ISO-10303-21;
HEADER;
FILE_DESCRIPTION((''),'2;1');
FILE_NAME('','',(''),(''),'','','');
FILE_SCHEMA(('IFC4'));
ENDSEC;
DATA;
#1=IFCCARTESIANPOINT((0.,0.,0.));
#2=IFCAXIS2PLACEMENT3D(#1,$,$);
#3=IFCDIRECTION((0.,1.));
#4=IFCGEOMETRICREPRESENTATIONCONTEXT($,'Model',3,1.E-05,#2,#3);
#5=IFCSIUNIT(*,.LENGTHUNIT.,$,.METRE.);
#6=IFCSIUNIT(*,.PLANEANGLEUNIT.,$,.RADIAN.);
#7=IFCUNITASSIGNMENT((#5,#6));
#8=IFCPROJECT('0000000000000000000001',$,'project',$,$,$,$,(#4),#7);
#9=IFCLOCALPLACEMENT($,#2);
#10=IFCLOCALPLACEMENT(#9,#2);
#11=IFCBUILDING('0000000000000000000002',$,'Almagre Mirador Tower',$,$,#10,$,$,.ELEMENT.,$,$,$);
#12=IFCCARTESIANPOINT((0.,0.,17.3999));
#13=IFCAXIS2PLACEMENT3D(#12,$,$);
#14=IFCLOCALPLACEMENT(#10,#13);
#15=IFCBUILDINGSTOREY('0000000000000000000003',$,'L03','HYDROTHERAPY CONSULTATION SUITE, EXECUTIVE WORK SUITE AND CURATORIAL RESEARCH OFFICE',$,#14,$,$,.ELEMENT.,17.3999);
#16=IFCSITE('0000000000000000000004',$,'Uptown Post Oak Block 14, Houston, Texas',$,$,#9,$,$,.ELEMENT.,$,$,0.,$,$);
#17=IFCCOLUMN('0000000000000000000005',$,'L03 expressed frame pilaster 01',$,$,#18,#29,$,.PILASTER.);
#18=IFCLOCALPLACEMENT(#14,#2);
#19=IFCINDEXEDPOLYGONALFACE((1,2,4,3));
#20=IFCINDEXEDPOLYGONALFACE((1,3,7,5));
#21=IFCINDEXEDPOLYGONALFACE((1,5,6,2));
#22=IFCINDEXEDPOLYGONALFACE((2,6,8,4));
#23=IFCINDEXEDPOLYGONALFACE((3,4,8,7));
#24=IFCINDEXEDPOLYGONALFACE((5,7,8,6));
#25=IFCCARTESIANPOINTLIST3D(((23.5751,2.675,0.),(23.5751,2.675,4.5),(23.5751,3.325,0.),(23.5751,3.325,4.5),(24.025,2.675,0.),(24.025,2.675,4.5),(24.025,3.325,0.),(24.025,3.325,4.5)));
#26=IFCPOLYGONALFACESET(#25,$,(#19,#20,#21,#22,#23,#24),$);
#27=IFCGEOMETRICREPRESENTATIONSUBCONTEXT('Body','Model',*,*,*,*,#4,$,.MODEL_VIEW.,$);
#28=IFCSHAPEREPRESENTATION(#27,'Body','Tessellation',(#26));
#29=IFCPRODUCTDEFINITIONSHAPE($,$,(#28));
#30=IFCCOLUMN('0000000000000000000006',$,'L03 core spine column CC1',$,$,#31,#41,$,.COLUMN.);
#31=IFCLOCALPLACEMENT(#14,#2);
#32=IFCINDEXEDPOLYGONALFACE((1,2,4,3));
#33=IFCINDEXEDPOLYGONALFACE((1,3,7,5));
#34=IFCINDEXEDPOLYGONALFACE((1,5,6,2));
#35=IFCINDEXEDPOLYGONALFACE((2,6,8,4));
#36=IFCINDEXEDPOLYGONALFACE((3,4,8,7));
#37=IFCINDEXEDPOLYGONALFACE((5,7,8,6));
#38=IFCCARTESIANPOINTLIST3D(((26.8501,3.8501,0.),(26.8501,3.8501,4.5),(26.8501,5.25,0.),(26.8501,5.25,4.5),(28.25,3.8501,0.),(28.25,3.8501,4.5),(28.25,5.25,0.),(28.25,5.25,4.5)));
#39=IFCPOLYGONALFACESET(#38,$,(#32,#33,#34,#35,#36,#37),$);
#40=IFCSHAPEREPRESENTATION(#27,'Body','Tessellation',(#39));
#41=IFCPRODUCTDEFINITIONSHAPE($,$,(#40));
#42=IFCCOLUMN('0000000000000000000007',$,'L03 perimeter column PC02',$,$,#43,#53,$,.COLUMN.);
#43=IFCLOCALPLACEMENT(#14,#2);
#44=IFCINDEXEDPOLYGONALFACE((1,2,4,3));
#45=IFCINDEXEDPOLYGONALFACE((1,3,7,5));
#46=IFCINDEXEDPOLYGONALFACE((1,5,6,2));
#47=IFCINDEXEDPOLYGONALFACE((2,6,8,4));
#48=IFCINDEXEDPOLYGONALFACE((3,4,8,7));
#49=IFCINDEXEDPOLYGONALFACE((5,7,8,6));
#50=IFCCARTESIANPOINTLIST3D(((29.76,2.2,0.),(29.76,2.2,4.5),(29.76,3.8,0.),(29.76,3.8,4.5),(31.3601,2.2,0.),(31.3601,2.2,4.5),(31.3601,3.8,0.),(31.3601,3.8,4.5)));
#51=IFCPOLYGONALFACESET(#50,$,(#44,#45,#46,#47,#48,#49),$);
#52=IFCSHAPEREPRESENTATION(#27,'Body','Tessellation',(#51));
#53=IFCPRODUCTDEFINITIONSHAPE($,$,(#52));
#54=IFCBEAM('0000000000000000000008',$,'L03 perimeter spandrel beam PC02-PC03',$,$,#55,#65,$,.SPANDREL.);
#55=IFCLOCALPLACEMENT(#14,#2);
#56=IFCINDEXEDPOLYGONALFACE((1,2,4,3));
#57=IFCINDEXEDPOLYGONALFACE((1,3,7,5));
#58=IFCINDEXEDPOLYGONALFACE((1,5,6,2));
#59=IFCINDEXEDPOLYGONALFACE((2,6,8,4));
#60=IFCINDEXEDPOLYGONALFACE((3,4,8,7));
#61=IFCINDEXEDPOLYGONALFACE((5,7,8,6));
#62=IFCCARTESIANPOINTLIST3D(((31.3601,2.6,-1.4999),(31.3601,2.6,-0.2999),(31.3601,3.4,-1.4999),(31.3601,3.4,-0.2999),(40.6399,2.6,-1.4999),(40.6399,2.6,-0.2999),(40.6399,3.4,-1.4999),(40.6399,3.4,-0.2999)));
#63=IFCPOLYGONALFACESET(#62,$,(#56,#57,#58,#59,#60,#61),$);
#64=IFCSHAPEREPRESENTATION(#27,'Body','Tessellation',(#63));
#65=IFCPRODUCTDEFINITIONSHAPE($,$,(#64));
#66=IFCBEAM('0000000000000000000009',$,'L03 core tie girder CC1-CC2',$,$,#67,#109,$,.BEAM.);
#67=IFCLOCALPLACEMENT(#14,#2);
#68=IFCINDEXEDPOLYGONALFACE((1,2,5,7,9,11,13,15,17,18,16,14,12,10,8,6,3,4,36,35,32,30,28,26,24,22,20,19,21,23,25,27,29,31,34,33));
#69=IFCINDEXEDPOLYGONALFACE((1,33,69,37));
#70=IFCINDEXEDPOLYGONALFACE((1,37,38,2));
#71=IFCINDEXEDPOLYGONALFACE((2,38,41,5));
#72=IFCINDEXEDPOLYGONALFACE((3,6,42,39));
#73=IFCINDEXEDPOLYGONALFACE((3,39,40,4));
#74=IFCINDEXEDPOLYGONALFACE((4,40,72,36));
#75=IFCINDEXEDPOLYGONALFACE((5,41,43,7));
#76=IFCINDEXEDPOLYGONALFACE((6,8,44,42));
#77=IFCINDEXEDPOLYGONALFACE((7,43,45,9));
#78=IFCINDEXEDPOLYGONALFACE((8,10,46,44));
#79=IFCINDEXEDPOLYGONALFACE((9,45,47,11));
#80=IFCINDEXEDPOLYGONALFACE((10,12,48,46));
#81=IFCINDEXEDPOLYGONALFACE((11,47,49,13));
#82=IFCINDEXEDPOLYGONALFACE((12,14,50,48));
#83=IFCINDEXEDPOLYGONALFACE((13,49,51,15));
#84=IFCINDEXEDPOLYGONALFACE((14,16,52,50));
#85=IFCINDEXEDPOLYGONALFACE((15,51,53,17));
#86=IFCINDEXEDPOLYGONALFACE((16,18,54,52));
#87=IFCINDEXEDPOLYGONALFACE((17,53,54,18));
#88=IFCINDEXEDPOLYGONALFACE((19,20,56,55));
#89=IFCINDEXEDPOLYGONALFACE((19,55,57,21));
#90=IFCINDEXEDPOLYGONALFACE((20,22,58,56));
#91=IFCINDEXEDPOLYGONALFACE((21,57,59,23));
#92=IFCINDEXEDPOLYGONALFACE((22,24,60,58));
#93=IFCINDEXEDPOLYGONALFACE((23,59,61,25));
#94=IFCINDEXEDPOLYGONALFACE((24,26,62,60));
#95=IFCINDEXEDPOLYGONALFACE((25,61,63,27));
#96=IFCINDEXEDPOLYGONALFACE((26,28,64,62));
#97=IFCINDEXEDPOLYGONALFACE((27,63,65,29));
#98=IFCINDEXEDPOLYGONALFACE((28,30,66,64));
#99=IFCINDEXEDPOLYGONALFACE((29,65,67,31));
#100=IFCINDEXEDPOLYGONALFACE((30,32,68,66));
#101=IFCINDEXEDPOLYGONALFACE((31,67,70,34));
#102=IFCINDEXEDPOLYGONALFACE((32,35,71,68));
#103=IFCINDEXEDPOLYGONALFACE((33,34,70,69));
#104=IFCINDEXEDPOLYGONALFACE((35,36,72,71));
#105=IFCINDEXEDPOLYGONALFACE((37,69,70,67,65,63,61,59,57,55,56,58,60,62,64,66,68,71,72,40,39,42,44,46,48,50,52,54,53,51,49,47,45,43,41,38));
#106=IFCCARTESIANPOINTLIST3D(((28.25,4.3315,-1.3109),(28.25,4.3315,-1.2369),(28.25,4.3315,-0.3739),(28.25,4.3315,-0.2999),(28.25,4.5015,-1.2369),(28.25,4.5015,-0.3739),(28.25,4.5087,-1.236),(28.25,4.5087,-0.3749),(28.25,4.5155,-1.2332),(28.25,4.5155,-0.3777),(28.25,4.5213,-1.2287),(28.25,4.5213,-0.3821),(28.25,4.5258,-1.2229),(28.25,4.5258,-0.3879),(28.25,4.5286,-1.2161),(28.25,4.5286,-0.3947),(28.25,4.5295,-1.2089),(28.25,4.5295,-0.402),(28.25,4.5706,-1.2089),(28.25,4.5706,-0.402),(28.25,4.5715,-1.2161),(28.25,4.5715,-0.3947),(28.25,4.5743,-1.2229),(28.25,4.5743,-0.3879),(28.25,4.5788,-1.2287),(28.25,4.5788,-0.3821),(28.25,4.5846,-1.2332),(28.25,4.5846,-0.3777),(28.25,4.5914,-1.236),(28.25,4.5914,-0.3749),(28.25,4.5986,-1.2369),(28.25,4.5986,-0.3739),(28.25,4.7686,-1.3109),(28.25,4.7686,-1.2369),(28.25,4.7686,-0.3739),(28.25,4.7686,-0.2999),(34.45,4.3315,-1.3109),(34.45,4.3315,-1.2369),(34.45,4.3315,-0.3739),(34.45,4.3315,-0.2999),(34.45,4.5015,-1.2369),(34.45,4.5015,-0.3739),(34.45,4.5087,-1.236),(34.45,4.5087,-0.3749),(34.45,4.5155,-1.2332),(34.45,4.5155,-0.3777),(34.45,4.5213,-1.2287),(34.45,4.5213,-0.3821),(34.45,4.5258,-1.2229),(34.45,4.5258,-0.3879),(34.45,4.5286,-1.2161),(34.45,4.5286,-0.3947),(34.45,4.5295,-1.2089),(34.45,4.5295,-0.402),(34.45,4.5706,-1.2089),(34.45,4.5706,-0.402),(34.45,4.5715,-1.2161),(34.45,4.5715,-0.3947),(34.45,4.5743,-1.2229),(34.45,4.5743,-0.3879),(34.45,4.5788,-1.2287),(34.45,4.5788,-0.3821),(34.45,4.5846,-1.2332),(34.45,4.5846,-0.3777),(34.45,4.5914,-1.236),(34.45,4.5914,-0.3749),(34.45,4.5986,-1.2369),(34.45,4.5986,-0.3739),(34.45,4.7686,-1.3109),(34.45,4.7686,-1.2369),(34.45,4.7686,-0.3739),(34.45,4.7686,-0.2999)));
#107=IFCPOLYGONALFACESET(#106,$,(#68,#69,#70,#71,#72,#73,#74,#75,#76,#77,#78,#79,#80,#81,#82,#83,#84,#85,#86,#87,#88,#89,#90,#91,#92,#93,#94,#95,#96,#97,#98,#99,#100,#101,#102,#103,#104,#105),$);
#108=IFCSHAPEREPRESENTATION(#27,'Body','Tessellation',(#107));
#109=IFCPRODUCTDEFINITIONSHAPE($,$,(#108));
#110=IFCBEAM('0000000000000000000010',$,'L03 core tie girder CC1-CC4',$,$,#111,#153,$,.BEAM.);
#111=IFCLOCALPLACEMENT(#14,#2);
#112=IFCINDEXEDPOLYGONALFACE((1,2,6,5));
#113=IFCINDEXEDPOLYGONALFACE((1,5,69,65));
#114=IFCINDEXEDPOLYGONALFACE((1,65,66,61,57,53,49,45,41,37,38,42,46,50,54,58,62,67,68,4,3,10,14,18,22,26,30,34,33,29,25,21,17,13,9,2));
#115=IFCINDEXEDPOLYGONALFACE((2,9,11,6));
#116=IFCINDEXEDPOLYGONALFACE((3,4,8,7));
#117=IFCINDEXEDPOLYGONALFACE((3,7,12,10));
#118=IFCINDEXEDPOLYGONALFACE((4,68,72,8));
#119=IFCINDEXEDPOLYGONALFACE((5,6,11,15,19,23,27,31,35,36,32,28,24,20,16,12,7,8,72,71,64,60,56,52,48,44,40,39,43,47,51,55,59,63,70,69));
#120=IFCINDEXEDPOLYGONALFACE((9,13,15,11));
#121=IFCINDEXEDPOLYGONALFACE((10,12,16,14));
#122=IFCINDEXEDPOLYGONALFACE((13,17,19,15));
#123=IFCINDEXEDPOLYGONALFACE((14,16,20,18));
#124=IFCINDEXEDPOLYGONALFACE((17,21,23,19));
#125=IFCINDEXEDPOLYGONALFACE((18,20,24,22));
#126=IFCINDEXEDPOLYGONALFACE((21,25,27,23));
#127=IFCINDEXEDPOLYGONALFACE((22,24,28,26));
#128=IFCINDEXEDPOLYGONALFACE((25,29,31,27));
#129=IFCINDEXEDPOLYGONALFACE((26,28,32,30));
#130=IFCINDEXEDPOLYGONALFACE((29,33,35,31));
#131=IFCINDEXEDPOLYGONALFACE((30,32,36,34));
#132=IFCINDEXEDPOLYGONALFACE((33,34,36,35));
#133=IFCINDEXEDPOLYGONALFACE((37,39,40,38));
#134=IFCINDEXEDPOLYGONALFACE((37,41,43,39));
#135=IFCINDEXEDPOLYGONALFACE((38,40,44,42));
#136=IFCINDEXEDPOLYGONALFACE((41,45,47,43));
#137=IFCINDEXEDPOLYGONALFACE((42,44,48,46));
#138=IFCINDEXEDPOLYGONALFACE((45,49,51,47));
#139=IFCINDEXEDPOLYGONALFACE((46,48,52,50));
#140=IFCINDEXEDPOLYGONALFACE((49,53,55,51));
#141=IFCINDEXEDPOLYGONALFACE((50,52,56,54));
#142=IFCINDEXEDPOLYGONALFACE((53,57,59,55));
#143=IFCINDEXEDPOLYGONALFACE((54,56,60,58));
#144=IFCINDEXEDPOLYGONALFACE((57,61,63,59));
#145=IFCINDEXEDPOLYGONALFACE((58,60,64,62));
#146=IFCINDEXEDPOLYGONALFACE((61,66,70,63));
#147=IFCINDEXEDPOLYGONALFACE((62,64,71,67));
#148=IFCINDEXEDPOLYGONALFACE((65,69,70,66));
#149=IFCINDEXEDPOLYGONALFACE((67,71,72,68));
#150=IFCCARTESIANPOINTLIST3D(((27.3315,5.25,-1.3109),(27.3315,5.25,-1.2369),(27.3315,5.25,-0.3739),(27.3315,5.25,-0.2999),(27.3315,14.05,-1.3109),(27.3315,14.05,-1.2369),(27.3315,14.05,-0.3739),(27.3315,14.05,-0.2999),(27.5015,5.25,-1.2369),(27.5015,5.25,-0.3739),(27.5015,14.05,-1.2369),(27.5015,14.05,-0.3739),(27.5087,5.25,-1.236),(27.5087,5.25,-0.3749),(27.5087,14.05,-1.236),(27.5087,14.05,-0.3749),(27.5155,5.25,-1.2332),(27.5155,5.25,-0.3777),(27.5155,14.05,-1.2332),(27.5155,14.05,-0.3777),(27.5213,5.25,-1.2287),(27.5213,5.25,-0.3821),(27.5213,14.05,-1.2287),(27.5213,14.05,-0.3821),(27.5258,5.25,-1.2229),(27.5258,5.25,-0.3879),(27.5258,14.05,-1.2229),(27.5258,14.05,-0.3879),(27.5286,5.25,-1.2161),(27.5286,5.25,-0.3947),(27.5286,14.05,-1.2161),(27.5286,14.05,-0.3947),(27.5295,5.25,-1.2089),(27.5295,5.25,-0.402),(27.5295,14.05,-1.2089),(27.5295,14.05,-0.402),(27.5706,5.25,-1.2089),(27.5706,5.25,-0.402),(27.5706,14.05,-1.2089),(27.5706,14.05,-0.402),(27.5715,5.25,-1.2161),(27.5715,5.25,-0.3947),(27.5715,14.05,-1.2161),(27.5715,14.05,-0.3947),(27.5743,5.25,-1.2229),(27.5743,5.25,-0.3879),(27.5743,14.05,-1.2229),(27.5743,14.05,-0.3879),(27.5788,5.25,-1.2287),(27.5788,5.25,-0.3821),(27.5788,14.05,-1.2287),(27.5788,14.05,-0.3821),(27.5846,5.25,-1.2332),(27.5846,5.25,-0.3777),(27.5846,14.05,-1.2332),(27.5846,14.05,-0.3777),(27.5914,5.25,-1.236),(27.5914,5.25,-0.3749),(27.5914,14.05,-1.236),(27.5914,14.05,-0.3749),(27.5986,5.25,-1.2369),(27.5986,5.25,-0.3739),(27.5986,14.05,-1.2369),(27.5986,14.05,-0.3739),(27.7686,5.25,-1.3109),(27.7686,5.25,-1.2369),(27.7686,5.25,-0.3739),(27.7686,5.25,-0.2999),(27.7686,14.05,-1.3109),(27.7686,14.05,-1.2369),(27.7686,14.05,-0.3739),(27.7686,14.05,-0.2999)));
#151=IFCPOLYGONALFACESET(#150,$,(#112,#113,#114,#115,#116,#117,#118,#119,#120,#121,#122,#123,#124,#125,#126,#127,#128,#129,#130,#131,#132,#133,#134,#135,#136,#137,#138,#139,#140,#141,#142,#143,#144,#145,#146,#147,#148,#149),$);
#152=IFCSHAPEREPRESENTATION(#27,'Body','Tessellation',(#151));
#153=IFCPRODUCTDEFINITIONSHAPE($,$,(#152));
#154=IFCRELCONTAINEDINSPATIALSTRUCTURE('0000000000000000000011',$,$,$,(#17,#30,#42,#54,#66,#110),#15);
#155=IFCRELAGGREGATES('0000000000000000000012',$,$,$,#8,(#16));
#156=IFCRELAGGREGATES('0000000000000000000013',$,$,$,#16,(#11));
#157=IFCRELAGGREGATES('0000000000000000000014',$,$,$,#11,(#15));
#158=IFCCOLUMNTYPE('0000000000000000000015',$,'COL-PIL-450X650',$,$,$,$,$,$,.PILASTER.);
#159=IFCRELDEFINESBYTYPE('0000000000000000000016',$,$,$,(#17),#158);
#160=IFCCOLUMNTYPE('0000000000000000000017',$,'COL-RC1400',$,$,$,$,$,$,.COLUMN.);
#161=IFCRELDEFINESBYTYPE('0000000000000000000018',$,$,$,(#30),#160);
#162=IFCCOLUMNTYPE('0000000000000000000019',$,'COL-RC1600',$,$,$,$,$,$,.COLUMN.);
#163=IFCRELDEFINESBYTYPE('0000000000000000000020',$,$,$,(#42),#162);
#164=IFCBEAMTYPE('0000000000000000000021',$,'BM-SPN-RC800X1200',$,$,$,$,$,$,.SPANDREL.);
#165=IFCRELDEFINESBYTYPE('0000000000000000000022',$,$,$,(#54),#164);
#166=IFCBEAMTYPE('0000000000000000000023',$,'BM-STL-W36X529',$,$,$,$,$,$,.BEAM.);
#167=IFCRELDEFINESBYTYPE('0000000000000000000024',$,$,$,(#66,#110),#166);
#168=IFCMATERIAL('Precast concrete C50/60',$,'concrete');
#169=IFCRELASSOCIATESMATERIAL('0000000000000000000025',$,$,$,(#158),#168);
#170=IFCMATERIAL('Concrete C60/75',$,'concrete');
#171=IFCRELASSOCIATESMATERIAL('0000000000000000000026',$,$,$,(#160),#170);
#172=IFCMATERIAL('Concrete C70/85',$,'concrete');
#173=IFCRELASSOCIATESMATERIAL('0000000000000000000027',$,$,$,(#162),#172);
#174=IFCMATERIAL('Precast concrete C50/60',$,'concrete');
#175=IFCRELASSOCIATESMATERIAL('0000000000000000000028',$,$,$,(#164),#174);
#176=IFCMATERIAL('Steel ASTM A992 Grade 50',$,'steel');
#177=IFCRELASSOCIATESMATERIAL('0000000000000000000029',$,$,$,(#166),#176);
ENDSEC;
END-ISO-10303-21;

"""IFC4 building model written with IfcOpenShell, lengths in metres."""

from ifc_helpers import new_model, si_unit, direction, frame, origin, origin_2d, place, context, subcontext, project, spatial, rectangle, i_section, extrude, material, material_profile, profile_set, type_object, element, save


model = new_model("IFC4")

# Units and contexts
model_context = context("Model", 3, precision=1e-05, world=origin(), true_north=direction((0.0, 1.0)))
body_context = subcontext(model_context, "Body", "Model", "MODEL_VIEW")
ifc_project = project(units=[si_unit("LENGTHUNIT", "METRE"), si_unit("PLANEANGLEUNIT", "RADIAN")], contexts=[model_context])

# Site, building, storey
site_placement = place(None, origin())
site = spatial("IfcSite", under=ifc_project, at=site_placement, Name="Uptown Post Oak Block 14, Houston, Texas", CompositionType="ELEMENT", RefElevation=0.0)
building_placement = place(site_placement, origin())
building = spatial("IfcBuilding", under=site, at=building_placement, Name="Almagre Mirador Tower", CompositionType="ELEMENT")
storey_placement = place(building_placement, frame((0.0, 0.0, 17.3999)))
storey = spatial("IfcBuildingStorey", under=building, at=storey_placement, Name="L03", Description="HYDROTHERAPY CONSULTATION SUITE, EXECUTIVE WORK SUITE AND CURATORIAL RESEARCH OFFICE", CompositionType="ELEMENT", Elevation=17.3999)

# Columns
ifc_material_1 = material(Name="Precast concrete C50/60", Category="concrete")
ifc_material_profile_1 = material_profile(ifc_material_1, rectangle(XDim=0.45, YDim=0.6499, at=origin_2d()), Name="RC450X650")
ifc_profile_set_1 = profile_set([ifc_material_profile_1], Name="Precast concrete C50/60")
column_type_1 = type_object("IfcColumnType", Name="COL-PIL-450X650", PredefinedType="PILASTER", material=ifc_profile_set_1)
column_1_placement = place(storey_placement, frame((23.8, 3.0, 0.0), z_axis=(0.0, 0.0, 1.0), x_axis=(1.0, 0.0, 0.0)))
element("IfcColumn", 1, at=column_1_placement, inside=storey, type_object=column_type_1, Name="L03 expressed frame pilaster 01", PredefinedType="PILASTER", context=body_context, shape_type="SweptSolid", body=[
    extrude(rectangle(XDim=0.45, YDim=0.6499, at=origin_2d()), origin(), (0.0, 0.0, 1.0), 4.5),
])
ifc_material_2 = material(Name="Concrete C60/75", Category="concrete")
ifc_material_profile_2 = material_profile(ifc_material_2, rectangle(XDim=1.3999, YDim=1.3999, at=origin_2d()), Name="RC1400X1400")
ifc_profile_set_2 = profile_set([ifc_material_profile_2], Name="Concrete C60/75")
column_type_2 = type_object("IfcColumnType", Name="COL-RC1400", PredefinedType="COLUMN", material=ifc_profile_set_2)
column_2_placement = place(storey_placement, frame((27.55, 4.55, 0.0), z_axis=(0.0, 0.0, 1.0), x_axis=(1.0, 0.0, 0.0)))
element("IfcColumn", 2, at=column_2_placement, inside=storey, type_object=column_type_2, Name="L03 core spine column CC1", PredefinedType="COLUMN", context=body_context, shape_type="SweptSolid", body=[
    extrude(rectangle(XDim=1.3999, YDim=1.3999, at=origin_2d()), origin(), (0.0, 0.0, 1.0), 4.5),
])
ifc_material_3 = material(Name="Concrete C70/85", Category="concrete")
ifc_material_profile_3 = material_profile(ifc_material_3, rectangle(XDim=1.6001, YDim=1.6001, at=origin_2d()), Name="RC1600X1600")
ifc_profile_set_3 = profile_set([ifc_material_profile_3], Name="Concrete C70/85")
column_type_3 = type_object("IfcColumnType", Name="COL-RC1600", PredefinedType="COLUMN", material=ifc_profile_set_3)
column_3_placement = place(storey_placement, frame((30.5601, 3.0, 0.0), z_axis=(0.0, 0.0, 1.0), x_axis=(1.0, 0.0, 0.0)))
element("IfcColumn", 3, at=column_3_placement, inside=storey, type_object=column_type_3, Name="L03 perimeter column PC02", PredefinedType="COLUMN", context=body_context, shape_type="SweptSolid", body=[
    extrude(rectangle(XDim=1.6001, YDim=1.6001, at=origin_2d()), origin(), (0.0, 0.0, 1.0), 4.5),
])

# Beams
ifc_material_4 = material(Name="Precast concrete C50/60", Category="concrete")
ifc_material_profile_4 = material_profile(ifc_material_4, rectangle(XDim=0.8, YDim=1.2, at=origin_2d()), Name="RC800X1200")
ifc_profile_set_4 = profile_set([ifc_material_profile_4], Name="Precast concrete C50/60")
beam_type_1 = type_object("IfcBeamType", Name="BM-SPN-RC800X1200", PredefinedType="SPANDREL", material=ifc_profile_set_4)
beam_1_placement = place(storey_placement, frame((31.3601, 3.0, -0.8999), z_axis=(1.0, 0.0, 0.0), x_axis=(0.0, 1.0, 0.0)))
element("IfcBeam", 4, at=beam_1_placement, inside=storey, type_object=beam_type_1, Name="L03 perimeter spandrel beam PC02-PC03", PredefinedType="SPANDREL", context=body_context, shape_type="SweptSolid", body=[
    extrude(rectangle(XDim=0.8, YDim=1.2, at=origin_2d()), origin(), (0.0, 0.0, 1.0), 9.2798),
])
ifc_material_5 = material(Name="Steel ASTM A992 Grade 50", Category="steel")
ifc_material_profile_5 = material_profile(ifc_material_5, i_section(OverallWidth=0.437, OverallDepth=1.011, WebThickness=0.041, FlangeThickness=0.074, FilletRadius=0.0281, at=origin_2d()), Name="W36X529")
ifc_profile_set_5 = profile_set([ifc_material_profile_5], Name="Steel ASTM A992 Grade 50")
beam_type_2 = type_object("IfcBeamType", Name="BM-STL-W36X529", PredefinedType="BEAM", material=ifc_profile_set_5)
beam_2_placement = place(storey_placement, frame((28.25, 4.55, -0.8054), z_axis=(1.0, 0.0, 0.0), x_axis=(0.0, 1.0, 0.0)))
element("IfcBeam", 5, at=beam_2_placement, inside=storey, type_object=beam_type_2, Name="L03 core tie girder CC1-CC2", PredefinedType="BEAM", context=body_context, shape_type="SweptSolid", body=[
    extrude(i_section(OverallWidth=0.437, OverallDepth=1.011, WebThickness=0.041, FlangeThickness=0.074, FilletRadius=0.0281, at=origin_2d()), origin(), (0.0, 0.0, 1.0), 6.2),
])
beam_3_placement = place(storey_placement, frame((27.55, 5.25, -0.8054), z_axis=(0.0, 1.0, 0.0), x_axis=(-1.0, 0.0, 0.0)))
element("IfcBeam", 6, at=beam_3_placement, inside=storey, type_object=beam_type_2, Name="L03 core tie girder CC1-CC4", PredefinedType="BEAM", context=body_context, shape_type="SweptSolid", body=[
    extrude(i_section(OverallWidth=0.437, OverallDepth=1.011, WebThickness=0.041, FlangeThickness=0.074, FilletRadius=0.0281, at=origin_2d()), origin(), (0.0, 0.0, 1.0), 8.8),
])

save(model, "model.ifc")
